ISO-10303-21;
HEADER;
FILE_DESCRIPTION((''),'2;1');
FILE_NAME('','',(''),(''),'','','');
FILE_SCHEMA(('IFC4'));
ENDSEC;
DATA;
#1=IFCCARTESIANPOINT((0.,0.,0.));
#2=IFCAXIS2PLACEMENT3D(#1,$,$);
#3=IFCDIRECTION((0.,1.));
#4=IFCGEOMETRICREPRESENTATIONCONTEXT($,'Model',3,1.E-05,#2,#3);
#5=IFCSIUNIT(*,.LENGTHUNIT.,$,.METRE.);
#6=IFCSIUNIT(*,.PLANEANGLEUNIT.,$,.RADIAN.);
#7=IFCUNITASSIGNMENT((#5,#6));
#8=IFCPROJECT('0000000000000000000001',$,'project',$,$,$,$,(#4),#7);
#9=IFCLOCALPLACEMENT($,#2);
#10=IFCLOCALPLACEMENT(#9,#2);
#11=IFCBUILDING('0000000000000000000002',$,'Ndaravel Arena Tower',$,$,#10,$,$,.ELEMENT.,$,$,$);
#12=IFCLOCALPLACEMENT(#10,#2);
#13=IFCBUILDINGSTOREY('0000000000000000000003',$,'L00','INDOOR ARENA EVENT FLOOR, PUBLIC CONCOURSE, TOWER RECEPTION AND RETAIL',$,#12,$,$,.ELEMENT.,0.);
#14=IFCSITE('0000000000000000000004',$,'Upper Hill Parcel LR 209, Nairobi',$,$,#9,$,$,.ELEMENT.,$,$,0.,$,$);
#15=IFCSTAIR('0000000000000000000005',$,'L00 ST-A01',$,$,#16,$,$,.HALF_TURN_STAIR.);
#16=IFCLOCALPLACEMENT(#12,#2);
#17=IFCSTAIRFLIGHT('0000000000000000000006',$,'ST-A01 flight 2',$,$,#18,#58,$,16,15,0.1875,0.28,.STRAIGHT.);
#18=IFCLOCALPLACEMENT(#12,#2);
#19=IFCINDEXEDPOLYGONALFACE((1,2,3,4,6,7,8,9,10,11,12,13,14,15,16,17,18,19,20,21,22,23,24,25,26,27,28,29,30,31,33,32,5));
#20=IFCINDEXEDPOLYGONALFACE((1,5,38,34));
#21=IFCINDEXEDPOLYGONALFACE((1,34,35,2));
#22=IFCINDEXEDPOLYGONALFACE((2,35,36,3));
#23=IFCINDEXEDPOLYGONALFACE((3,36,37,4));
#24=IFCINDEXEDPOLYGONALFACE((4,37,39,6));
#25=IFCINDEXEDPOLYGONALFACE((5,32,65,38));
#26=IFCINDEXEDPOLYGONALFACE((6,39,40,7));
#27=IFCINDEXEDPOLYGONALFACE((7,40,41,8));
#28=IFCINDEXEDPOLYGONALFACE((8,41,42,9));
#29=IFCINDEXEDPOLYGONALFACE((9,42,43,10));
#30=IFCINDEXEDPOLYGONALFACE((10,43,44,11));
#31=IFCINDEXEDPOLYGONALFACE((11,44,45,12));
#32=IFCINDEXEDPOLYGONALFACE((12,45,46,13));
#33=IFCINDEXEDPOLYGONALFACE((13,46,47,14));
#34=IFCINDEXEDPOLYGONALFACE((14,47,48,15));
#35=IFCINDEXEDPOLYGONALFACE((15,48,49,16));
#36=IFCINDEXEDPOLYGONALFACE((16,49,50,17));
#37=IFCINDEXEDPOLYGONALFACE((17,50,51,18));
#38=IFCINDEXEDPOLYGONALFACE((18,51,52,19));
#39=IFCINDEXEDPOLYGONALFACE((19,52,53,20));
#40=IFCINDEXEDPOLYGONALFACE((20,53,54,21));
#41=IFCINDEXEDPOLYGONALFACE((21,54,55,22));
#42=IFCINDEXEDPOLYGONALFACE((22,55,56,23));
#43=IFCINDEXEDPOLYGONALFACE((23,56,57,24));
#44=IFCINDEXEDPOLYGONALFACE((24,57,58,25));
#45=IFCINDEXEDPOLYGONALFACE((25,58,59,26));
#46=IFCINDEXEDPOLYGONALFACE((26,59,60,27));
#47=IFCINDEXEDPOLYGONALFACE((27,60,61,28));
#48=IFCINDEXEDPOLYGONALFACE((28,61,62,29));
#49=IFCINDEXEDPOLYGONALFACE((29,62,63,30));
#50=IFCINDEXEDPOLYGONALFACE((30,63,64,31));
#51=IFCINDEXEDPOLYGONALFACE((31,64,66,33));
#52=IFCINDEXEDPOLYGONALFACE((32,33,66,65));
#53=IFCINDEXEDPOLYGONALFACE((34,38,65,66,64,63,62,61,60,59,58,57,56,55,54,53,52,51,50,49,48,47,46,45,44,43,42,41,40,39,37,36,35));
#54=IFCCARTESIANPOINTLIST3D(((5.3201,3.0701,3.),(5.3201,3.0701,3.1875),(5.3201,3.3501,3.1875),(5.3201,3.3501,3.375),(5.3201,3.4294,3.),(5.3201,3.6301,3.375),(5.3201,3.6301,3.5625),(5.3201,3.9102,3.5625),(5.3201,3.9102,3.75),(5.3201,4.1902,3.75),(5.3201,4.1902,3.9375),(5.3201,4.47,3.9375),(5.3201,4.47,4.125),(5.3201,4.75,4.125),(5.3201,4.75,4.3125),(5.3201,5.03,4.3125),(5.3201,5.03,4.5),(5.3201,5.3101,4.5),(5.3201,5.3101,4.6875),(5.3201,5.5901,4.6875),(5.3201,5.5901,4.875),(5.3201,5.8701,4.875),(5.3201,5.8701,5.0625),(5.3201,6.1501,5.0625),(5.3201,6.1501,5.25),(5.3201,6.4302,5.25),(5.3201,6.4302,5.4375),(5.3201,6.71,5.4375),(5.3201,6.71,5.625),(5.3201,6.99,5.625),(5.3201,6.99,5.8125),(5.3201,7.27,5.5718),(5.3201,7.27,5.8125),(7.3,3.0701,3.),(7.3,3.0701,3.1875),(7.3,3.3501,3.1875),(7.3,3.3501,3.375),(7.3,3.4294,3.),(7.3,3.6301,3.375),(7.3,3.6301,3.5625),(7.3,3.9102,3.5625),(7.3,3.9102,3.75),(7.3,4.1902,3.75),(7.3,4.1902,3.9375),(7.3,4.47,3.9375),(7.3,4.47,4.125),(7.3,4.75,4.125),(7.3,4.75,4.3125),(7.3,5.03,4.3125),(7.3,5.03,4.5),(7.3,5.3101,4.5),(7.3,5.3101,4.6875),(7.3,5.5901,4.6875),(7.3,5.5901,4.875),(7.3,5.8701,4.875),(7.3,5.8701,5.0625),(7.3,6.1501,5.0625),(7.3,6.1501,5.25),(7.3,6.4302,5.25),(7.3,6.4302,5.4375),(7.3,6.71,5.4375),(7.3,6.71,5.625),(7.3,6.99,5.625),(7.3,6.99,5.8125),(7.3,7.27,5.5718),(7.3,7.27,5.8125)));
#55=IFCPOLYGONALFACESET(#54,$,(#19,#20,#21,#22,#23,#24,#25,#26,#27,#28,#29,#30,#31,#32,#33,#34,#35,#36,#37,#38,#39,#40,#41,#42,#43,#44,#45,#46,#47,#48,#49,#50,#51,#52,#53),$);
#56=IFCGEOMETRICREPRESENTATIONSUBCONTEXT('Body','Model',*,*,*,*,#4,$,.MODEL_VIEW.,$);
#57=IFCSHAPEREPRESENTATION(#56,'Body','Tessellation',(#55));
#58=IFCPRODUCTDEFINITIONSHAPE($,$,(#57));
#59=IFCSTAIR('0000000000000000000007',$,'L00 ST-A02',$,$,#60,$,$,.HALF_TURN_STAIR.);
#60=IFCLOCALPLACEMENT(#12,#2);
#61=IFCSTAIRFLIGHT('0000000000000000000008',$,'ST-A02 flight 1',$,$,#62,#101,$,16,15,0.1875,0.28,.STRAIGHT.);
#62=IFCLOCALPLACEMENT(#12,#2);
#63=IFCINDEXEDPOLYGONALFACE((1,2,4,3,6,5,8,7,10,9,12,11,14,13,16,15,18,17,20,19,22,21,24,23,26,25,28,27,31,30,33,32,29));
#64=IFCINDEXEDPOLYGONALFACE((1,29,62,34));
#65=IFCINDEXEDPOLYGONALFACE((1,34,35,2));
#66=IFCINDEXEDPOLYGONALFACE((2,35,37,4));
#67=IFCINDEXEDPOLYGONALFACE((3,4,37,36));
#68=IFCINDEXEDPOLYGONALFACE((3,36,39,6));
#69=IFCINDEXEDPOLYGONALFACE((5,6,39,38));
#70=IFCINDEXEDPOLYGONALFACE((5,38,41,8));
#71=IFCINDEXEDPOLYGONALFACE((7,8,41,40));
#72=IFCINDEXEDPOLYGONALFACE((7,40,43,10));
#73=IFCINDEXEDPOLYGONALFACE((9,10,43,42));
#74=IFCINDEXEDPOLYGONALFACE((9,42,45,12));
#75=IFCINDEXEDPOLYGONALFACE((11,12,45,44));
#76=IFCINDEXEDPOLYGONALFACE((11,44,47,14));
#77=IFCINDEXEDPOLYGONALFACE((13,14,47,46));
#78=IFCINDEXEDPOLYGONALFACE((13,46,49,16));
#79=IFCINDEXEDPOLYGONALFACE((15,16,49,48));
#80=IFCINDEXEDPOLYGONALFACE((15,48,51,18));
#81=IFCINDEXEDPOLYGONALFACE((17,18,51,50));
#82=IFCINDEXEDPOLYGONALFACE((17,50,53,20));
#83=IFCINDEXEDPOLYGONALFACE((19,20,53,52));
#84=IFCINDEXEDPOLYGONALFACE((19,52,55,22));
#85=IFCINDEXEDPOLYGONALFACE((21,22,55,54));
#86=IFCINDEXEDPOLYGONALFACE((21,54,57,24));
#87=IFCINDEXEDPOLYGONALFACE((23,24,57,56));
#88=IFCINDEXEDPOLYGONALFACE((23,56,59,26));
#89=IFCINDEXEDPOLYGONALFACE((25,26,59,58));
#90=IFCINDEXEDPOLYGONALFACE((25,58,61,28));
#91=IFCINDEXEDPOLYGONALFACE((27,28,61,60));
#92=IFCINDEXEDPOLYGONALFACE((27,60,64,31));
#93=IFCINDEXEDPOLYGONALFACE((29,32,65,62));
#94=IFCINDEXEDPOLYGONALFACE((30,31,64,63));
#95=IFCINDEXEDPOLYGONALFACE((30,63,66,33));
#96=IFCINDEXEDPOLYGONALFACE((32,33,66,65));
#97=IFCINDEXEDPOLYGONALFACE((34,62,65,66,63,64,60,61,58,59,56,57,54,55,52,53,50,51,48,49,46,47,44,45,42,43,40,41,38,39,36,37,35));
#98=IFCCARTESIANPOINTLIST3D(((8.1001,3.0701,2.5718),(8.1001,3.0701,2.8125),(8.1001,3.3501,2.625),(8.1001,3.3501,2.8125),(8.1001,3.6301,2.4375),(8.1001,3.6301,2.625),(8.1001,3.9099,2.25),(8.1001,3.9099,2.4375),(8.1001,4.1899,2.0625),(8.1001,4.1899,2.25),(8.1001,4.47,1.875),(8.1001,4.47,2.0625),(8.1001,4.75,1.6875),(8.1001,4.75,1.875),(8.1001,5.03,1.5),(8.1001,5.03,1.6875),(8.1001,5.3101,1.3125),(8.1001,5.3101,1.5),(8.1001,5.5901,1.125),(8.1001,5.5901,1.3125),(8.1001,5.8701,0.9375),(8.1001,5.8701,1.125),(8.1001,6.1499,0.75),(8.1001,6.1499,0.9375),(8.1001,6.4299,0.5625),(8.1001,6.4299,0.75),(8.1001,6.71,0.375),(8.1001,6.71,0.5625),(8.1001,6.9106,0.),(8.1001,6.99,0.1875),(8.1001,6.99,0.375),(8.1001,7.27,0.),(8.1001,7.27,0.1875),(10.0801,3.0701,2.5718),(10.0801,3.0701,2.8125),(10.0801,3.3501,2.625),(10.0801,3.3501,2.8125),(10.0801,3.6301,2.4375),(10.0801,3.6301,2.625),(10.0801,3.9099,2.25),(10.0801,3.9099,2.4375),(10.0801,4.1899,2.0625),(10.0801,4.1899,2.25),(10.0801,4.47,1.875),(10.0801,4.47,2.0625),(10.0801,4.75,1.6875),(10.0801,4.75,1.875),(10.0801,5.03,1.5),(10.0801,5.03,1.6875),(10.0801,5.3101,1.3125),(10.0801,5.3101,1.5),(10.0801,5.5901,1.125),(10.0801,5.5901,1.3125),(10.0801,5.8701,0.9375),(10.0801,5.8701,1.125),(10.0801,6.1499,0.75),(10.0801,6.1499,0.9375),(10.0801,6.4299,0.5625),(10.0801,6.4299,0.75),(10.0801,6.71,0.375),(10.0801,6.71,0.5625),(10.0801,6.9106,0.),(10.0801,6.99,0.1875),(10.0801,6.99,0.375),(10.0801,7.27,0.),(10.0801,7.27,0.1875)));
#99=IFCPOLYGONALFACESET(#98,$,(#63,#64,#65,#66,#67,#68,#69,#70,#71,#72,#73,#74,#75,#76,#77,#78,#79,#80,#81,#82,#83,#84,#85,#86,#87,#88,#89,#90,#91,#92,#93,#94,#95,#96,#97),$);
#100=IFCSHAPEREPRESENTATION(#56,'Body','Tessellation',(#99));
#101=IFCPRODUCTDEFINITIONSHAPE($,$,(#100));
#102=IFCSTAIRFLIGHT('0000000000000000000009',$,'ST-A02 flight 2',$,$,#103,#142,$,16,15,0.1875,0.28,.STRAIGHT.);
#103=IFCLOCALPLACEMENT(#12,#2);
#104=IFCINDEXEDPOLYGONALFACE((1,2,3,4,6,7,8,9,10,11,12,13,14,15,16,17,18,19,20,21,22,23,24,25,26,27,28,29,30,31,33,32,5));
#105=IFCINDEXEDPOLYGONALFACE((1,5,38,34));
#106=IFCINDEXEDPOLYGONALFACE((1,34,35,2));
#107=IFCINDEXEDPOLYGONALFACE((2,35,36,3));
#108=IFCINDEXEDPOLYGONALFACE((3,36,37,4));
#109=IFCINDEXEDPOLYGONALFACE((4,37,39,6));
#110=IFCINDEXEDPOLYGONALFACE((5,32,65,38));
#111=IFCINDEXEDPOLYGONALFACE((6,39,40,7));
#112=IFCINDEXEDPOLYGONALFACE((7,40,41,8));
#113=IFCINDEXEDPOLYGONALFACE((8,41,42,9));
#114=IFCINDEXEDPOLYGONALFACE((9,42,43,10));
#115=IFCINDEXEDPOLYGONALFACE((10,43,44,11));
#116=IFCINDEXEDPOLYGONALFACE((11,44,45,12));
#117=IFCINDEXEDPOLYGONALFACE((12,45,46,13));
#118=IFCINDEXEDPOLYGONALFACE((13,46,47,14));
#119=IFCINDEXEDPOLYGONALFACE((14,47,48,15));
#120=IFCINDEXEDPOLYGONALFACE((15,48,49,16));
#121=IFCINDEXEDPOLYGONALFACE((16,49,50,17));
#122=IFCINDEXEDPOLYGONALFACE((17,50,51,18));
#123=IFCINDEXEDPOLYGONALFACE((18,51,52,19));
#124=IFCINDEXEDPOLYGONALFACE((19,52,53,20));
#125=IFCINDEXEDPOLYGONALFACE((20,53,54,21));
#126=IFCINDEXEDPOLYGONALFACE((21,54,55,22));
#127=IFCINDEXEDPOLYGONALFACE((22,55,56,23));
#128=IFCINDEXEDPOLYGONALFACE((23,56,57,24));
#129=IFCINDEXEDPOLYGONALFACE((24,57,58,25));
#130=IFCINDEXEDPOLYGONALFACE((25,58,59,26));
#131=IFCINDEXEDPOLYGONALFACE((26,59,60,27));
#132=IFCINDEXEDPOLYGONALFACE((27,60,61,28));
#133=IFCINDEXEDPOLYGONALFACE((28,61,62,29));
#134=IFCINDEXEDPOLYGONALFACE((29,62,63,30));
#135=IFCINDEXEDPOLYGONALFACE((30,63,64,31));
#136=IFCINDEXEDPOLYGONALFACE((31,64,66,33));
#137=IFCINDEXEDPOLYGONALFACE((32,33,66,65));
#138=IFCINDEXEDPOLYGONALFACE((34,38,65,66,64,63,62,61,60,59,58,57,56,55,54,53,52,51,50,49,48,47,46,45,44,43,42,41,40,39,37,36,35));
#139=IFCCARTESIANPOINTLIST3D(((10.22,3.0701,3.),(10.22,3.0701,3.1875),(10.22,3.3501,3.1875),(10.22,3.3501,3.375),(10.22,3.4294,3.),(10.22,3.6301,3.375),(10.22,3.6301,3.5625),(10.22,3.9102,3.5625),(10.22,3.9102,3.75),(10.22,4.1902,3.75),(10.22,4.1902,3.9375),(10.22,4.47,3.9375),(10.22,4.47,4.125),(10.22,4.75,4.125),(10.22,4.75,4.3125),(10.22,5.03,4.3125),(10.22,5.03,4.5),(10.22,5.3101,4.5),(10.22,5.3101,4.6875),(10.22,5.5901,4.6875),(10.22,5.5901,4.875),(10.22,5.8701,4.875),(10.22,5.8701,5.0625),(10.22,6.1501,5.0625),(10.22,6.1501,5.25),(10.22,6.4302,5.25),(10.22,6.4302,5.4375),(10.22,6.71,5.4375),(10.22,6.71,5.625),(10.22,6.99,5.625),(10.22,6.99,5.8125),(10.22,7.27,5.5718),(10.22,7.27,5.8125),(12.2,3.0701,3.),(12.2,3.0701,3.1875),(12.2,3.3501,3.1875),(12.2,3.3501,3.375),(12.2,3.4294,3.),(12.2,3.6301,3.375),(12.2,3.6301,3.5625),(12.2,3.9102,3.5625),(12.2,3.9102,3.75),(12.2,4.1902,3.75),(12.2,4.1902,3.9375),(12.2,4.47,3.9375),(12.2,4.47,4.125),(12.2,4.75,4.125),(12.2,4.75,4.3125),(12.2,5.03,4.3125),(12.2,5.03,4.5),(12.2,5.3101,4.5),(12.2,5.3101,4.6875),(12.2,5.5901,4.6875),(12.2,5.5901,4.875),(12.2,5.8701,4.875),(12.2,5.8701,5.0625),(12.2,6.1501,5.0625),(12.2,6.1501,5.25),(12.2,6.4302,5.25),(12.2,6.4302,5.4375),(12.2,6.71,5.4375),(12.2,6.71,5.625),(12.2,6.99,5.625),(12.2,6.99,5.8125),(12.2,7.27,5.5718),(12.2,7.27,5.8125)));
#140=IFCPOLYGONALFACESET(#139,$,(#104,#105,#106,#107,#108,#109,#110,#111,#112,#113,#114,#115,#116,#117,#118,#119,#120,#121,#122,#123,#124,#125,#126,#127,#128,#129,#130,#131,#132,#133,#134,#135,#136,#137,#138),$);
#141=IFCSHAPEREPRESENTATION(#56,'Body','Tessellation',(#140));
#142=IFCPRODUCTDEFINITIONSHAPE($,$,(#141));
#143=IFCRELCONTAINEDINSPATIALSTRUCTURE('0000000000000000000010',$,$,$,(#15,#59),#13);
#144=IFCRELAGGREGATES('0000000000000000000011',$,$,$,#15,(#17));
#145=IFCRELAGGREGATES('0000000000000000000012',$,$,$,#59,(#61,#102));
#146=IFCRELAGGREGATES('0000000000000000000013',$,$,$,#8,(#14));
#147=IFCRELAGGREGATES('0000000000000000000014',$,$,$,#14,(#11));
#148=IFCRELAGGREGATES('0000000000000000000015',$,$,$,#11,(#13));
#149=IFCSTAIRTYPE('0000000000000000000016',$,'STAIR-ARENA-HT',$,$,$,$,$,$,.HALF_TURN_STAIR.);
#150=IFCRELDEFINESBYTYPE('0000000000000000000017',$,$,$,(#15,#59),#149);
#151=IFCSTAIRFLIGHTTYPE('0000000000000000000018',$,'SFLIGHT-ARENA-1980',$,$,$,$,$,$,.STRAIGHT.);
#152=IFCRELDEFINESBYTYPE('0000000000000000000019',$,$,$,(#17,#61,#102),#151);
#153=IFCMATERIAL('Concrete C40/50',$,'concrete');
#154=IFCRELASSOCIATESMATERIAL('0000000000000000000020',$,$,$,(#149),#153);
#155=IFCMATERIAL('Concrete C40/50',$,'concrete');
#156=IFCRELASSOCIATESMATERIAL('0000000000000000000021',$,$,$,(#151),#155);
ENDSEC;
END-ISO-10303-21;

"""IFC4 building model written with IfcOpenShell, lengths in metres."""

from ifc_helpers import new_model, si_unit, direction, frame, origin, place, context, subcontext, project, spatial, polyline, outline, extrude, material, type_object, element, aggregate, save


model = new_model("IFC4")

# Units and contexts
model_context = context("Model", 3, precision=1e-05, world=origin(), true_north=direction((0.0, 1.0)))
body_context = subcontext(model_context, "Body", "Model", "MODEL_VIEW")
ifc_project = project(units=[si_unit("LENGTHUNIT", "METRE"), si_unit("PLANEANGLEUNIT", "RADIAN")], contexts=[model_context])

# Site, building, storey
site_placement = place(None, origin())
site = spatial("IfcSite", under=ifc_project, at=site_placement, Name="Upper Hill Parcel LR 209, Nairobi", CompositionType="ELEMENT", RefElevation=0.0)
building_placement = place(site_placement, origin())
building = spatial("IfcBuilding", under=site, at=building_placement, Name="Ndaravel Arena Tower", CompositionType="ELEMENT")
storey_placement = place(building_placement, origin())
storey = spatial("IfcBuildingStorey", under=building, at=storey_placement, Name="L00", Description="INDOOR ARENA EVENT FLOOR, PUBLIC CONCOURSE, TOWER RECEPTION AND RETAIL", CompositionType="ELEMENT", Elevation=0.0)

# Stairs, stair flights
ifc_material_1 = material(Name="Concrete C40/50", Category="concrete")
stair_type = type_object("IfcStairType", Name="STAIR-ARENA-HT", PredefinedType="HALF_TURN_STAIR", material=ifc_material_1)
stair_1_placement = place(storey_placement, origin())
stair_1 = element("IfcStair", 1, at=stair_1_placement, inside=storey, type_object=stair_type, Name="L00 ST-A01", PredefinedType="HALF_TURN_STAIR")
ifc_material_2 = material(Name="Concrete C40/50", Category="concrete")
stair_flight_type = type_object("IfcStairFlightType", Name="SFLIGHT-ARENA-1980", PredefinedType="STRAIGHT", material=ifc_material_2)
stair_flight_1_placement = place(storey_placement, frame((6.3101, 3.0701, 3.0), z_axis=(0.0, 0.0, 1.0), x_axis=(0.0, 1.0, 0.0)))
stair_flight_1 = element("IfcStairFlight", 2, at=stair_flight_1_placement, type_object=stair_flight_type, Name="ST-A01 flight 2", NumberOfRisers=16, NumberOfTreads=15, PredefinedType="STRAIGHT", RiserHeight=0.1875, TreadLength=0.28, context=body_context, shape_type="SweptSolid", body=[
    extrude(outline(polyline([(0.0, 0.0), (0.0, 0.1875), (0.28, 0.1875), (0.28, 0.375), (0.5601, 0.375), (0.5601, 0.5625), (0.8401, 0.5625), (0.8401, 0.75), (1.1201, 0.75), (1.1201, 0.9375), (1.3999, 0.9375), (1.3999, 1.125), (1.6799, 1.125), (1.6799, 1.3125), (1.96, 1.3125), (1.96, 1.5), (2.24, 1.5), (2.24, 1.6875), (2.52, 1.6875), (2.52, 1.875), (2.8, 1.875), (2.8, 2.0625), (3.0801, 2.0625), (3.0801, 2.25), (3.3601, 2.25), (3.3601, 2.4375), (3.6399, 2.4375), (3.6399, 2.625), (3.9199, 2.625), (3.9199, 2.8125), (4.2, 2.8125), (4.2, 3.0), (4.2, 2.5718), (0.3594, 0.0), (0.0, 0.0)])), frame((0.0, 0.99, 0.0), z_axis=(0.0, -1.0, 0.0), x_axis=(1.0, 0.0, 0.0)), (0.0, 0.0, 1.0), 1.98),
])
aggregate(stair_1, [stair_flight_1])
stair_2_placement = place(storey_placement, origin())
stair_2 = element("IfcStair", 3, at=stair_2_placement, inside=storey, type_object=stair_type, Name="L00 ST-A02", PredefinedType="HALF_TURN_STAIR")
stair_flight_2_placement = place(storey_placement, frame((9.0901, 7.27, 0.0), z_axis=(0.0, 0.0, 1.0), x_axis=(0.0, -1.0, 0.0)))
stair_flight_2 = element("IfcStairFlight", 4, at=stair_flight_2_placement, type_object=stair_flight_type, Name="ST-A02 flight 1", NumberOfRisers=16, NumberOfTreads=15, PredefinedType="STRAIGHT", RiserHeight=0.1875, TreadLength=0.28, context=body_context, shape_type="SweptSolid", body=[
    extrude(outline(polyline([(0.0, 0.0), (0.0, 0.1875), (0.28, 0.1875), (0.28, 0.375), (0.5601, 0.375), (0.5601, 0.5625), (0.8401, 0.5625), (0.8401, 0.75), (1.1201, 0.75), (1.1201, 0.9375), (1.3999, 0.9375), (1.3999, 1.125), (1.6799, 1.125), (1.6799, 1.3125), (1.96, 1.3125), (1.96, 1.5), (2.24, 1.5), (2.24, 1.6875), (2.52, 1.6875), (2.52, 1.875), (2.8, 1.875), (2.8, 2.0625), (3.0801, 2.0625), (3.0801, 2.25), (3.3601, 2.25), (3.3601, 2.4375), (3.6399, 2.4375), (3.6399, 2.625), (3.9199, 2.625), (3.9199, 2.8125), (4.2, 2.8125), (4.2, 3.0), (4.2, 2.5718), (0.3594, 0.0), (0.0, 0.0)])), frame((0.0, 0.99, 0.0), z_axis=(0.0, -1.0, 0.0), x_axis=(1.0, 0.0, 0.0)), (0.0, 0.0, 1.0), 1.98),
])
stair_flight_3_placement = place(storey_placement, frame((11.21, 3.0701, 3.0), z_axis=(0.0, 0.0, 1.0), x_axis=(0.0, 1.0, 0.0)))
stair_flight_3 = element("IfcStairFlight", 5, at=stair_flight_3_placement, type_object=stair_flight_type, Name="ST-A02 flight 2", NumberOfRisers=16, NumberOfTreads=15, PredefinedType="STRAIGHT", RiserHeight=0.1875, TreadLength=0.28, context=body_context, shape_type="SweptSolid", body=[
    extrude(outline(polyline([(0.0, 0.0), (0.0, 0.1875), (0.28, 0.1875), (0.28, 0.375), (0.5601, 0.375), (0.5601, 0.5625), (0.8401, 0.5625), (0.8401, 0.75), (1.1201, 0.75), (1.1201, 0.9375), (1.3999, 0.9375), (1.3999, 1.125), (1.6799, 1.125), (1.6799, 1.3125), (1.96, 1.3125), (1.96, 1.5), (2.24, 1.5), (2.24, 1.6875), (2.52, 1.6875), (2.52, 1.875), (2.8, 1.875), (2.8, 2.0625), (3.0801, 2.0625), (3.0801, 2.25), (3.3601, 2.25), (3.3601, 2.4375), (3.6399, 2.4375), (3.6399, 2.625), (3.9199, 2.625), (3.9199, 2.8125), (4.2, 2.8125), (4.2, 3.0), (4.2, 2.5718), (0.3594, 0.0), (0.0, 0.0)])), frame((0.0, 0.99, 0.0), z_axis=(0.0, -1.0, 0.0), x_axis=(1.0, 0.0, 0.0)), (0.0, 0.0, 1.0), 1.98),
])
aggregate(stair_2, [stair_flight_2, stair_flight_3])

save(model, "model.ifc")
